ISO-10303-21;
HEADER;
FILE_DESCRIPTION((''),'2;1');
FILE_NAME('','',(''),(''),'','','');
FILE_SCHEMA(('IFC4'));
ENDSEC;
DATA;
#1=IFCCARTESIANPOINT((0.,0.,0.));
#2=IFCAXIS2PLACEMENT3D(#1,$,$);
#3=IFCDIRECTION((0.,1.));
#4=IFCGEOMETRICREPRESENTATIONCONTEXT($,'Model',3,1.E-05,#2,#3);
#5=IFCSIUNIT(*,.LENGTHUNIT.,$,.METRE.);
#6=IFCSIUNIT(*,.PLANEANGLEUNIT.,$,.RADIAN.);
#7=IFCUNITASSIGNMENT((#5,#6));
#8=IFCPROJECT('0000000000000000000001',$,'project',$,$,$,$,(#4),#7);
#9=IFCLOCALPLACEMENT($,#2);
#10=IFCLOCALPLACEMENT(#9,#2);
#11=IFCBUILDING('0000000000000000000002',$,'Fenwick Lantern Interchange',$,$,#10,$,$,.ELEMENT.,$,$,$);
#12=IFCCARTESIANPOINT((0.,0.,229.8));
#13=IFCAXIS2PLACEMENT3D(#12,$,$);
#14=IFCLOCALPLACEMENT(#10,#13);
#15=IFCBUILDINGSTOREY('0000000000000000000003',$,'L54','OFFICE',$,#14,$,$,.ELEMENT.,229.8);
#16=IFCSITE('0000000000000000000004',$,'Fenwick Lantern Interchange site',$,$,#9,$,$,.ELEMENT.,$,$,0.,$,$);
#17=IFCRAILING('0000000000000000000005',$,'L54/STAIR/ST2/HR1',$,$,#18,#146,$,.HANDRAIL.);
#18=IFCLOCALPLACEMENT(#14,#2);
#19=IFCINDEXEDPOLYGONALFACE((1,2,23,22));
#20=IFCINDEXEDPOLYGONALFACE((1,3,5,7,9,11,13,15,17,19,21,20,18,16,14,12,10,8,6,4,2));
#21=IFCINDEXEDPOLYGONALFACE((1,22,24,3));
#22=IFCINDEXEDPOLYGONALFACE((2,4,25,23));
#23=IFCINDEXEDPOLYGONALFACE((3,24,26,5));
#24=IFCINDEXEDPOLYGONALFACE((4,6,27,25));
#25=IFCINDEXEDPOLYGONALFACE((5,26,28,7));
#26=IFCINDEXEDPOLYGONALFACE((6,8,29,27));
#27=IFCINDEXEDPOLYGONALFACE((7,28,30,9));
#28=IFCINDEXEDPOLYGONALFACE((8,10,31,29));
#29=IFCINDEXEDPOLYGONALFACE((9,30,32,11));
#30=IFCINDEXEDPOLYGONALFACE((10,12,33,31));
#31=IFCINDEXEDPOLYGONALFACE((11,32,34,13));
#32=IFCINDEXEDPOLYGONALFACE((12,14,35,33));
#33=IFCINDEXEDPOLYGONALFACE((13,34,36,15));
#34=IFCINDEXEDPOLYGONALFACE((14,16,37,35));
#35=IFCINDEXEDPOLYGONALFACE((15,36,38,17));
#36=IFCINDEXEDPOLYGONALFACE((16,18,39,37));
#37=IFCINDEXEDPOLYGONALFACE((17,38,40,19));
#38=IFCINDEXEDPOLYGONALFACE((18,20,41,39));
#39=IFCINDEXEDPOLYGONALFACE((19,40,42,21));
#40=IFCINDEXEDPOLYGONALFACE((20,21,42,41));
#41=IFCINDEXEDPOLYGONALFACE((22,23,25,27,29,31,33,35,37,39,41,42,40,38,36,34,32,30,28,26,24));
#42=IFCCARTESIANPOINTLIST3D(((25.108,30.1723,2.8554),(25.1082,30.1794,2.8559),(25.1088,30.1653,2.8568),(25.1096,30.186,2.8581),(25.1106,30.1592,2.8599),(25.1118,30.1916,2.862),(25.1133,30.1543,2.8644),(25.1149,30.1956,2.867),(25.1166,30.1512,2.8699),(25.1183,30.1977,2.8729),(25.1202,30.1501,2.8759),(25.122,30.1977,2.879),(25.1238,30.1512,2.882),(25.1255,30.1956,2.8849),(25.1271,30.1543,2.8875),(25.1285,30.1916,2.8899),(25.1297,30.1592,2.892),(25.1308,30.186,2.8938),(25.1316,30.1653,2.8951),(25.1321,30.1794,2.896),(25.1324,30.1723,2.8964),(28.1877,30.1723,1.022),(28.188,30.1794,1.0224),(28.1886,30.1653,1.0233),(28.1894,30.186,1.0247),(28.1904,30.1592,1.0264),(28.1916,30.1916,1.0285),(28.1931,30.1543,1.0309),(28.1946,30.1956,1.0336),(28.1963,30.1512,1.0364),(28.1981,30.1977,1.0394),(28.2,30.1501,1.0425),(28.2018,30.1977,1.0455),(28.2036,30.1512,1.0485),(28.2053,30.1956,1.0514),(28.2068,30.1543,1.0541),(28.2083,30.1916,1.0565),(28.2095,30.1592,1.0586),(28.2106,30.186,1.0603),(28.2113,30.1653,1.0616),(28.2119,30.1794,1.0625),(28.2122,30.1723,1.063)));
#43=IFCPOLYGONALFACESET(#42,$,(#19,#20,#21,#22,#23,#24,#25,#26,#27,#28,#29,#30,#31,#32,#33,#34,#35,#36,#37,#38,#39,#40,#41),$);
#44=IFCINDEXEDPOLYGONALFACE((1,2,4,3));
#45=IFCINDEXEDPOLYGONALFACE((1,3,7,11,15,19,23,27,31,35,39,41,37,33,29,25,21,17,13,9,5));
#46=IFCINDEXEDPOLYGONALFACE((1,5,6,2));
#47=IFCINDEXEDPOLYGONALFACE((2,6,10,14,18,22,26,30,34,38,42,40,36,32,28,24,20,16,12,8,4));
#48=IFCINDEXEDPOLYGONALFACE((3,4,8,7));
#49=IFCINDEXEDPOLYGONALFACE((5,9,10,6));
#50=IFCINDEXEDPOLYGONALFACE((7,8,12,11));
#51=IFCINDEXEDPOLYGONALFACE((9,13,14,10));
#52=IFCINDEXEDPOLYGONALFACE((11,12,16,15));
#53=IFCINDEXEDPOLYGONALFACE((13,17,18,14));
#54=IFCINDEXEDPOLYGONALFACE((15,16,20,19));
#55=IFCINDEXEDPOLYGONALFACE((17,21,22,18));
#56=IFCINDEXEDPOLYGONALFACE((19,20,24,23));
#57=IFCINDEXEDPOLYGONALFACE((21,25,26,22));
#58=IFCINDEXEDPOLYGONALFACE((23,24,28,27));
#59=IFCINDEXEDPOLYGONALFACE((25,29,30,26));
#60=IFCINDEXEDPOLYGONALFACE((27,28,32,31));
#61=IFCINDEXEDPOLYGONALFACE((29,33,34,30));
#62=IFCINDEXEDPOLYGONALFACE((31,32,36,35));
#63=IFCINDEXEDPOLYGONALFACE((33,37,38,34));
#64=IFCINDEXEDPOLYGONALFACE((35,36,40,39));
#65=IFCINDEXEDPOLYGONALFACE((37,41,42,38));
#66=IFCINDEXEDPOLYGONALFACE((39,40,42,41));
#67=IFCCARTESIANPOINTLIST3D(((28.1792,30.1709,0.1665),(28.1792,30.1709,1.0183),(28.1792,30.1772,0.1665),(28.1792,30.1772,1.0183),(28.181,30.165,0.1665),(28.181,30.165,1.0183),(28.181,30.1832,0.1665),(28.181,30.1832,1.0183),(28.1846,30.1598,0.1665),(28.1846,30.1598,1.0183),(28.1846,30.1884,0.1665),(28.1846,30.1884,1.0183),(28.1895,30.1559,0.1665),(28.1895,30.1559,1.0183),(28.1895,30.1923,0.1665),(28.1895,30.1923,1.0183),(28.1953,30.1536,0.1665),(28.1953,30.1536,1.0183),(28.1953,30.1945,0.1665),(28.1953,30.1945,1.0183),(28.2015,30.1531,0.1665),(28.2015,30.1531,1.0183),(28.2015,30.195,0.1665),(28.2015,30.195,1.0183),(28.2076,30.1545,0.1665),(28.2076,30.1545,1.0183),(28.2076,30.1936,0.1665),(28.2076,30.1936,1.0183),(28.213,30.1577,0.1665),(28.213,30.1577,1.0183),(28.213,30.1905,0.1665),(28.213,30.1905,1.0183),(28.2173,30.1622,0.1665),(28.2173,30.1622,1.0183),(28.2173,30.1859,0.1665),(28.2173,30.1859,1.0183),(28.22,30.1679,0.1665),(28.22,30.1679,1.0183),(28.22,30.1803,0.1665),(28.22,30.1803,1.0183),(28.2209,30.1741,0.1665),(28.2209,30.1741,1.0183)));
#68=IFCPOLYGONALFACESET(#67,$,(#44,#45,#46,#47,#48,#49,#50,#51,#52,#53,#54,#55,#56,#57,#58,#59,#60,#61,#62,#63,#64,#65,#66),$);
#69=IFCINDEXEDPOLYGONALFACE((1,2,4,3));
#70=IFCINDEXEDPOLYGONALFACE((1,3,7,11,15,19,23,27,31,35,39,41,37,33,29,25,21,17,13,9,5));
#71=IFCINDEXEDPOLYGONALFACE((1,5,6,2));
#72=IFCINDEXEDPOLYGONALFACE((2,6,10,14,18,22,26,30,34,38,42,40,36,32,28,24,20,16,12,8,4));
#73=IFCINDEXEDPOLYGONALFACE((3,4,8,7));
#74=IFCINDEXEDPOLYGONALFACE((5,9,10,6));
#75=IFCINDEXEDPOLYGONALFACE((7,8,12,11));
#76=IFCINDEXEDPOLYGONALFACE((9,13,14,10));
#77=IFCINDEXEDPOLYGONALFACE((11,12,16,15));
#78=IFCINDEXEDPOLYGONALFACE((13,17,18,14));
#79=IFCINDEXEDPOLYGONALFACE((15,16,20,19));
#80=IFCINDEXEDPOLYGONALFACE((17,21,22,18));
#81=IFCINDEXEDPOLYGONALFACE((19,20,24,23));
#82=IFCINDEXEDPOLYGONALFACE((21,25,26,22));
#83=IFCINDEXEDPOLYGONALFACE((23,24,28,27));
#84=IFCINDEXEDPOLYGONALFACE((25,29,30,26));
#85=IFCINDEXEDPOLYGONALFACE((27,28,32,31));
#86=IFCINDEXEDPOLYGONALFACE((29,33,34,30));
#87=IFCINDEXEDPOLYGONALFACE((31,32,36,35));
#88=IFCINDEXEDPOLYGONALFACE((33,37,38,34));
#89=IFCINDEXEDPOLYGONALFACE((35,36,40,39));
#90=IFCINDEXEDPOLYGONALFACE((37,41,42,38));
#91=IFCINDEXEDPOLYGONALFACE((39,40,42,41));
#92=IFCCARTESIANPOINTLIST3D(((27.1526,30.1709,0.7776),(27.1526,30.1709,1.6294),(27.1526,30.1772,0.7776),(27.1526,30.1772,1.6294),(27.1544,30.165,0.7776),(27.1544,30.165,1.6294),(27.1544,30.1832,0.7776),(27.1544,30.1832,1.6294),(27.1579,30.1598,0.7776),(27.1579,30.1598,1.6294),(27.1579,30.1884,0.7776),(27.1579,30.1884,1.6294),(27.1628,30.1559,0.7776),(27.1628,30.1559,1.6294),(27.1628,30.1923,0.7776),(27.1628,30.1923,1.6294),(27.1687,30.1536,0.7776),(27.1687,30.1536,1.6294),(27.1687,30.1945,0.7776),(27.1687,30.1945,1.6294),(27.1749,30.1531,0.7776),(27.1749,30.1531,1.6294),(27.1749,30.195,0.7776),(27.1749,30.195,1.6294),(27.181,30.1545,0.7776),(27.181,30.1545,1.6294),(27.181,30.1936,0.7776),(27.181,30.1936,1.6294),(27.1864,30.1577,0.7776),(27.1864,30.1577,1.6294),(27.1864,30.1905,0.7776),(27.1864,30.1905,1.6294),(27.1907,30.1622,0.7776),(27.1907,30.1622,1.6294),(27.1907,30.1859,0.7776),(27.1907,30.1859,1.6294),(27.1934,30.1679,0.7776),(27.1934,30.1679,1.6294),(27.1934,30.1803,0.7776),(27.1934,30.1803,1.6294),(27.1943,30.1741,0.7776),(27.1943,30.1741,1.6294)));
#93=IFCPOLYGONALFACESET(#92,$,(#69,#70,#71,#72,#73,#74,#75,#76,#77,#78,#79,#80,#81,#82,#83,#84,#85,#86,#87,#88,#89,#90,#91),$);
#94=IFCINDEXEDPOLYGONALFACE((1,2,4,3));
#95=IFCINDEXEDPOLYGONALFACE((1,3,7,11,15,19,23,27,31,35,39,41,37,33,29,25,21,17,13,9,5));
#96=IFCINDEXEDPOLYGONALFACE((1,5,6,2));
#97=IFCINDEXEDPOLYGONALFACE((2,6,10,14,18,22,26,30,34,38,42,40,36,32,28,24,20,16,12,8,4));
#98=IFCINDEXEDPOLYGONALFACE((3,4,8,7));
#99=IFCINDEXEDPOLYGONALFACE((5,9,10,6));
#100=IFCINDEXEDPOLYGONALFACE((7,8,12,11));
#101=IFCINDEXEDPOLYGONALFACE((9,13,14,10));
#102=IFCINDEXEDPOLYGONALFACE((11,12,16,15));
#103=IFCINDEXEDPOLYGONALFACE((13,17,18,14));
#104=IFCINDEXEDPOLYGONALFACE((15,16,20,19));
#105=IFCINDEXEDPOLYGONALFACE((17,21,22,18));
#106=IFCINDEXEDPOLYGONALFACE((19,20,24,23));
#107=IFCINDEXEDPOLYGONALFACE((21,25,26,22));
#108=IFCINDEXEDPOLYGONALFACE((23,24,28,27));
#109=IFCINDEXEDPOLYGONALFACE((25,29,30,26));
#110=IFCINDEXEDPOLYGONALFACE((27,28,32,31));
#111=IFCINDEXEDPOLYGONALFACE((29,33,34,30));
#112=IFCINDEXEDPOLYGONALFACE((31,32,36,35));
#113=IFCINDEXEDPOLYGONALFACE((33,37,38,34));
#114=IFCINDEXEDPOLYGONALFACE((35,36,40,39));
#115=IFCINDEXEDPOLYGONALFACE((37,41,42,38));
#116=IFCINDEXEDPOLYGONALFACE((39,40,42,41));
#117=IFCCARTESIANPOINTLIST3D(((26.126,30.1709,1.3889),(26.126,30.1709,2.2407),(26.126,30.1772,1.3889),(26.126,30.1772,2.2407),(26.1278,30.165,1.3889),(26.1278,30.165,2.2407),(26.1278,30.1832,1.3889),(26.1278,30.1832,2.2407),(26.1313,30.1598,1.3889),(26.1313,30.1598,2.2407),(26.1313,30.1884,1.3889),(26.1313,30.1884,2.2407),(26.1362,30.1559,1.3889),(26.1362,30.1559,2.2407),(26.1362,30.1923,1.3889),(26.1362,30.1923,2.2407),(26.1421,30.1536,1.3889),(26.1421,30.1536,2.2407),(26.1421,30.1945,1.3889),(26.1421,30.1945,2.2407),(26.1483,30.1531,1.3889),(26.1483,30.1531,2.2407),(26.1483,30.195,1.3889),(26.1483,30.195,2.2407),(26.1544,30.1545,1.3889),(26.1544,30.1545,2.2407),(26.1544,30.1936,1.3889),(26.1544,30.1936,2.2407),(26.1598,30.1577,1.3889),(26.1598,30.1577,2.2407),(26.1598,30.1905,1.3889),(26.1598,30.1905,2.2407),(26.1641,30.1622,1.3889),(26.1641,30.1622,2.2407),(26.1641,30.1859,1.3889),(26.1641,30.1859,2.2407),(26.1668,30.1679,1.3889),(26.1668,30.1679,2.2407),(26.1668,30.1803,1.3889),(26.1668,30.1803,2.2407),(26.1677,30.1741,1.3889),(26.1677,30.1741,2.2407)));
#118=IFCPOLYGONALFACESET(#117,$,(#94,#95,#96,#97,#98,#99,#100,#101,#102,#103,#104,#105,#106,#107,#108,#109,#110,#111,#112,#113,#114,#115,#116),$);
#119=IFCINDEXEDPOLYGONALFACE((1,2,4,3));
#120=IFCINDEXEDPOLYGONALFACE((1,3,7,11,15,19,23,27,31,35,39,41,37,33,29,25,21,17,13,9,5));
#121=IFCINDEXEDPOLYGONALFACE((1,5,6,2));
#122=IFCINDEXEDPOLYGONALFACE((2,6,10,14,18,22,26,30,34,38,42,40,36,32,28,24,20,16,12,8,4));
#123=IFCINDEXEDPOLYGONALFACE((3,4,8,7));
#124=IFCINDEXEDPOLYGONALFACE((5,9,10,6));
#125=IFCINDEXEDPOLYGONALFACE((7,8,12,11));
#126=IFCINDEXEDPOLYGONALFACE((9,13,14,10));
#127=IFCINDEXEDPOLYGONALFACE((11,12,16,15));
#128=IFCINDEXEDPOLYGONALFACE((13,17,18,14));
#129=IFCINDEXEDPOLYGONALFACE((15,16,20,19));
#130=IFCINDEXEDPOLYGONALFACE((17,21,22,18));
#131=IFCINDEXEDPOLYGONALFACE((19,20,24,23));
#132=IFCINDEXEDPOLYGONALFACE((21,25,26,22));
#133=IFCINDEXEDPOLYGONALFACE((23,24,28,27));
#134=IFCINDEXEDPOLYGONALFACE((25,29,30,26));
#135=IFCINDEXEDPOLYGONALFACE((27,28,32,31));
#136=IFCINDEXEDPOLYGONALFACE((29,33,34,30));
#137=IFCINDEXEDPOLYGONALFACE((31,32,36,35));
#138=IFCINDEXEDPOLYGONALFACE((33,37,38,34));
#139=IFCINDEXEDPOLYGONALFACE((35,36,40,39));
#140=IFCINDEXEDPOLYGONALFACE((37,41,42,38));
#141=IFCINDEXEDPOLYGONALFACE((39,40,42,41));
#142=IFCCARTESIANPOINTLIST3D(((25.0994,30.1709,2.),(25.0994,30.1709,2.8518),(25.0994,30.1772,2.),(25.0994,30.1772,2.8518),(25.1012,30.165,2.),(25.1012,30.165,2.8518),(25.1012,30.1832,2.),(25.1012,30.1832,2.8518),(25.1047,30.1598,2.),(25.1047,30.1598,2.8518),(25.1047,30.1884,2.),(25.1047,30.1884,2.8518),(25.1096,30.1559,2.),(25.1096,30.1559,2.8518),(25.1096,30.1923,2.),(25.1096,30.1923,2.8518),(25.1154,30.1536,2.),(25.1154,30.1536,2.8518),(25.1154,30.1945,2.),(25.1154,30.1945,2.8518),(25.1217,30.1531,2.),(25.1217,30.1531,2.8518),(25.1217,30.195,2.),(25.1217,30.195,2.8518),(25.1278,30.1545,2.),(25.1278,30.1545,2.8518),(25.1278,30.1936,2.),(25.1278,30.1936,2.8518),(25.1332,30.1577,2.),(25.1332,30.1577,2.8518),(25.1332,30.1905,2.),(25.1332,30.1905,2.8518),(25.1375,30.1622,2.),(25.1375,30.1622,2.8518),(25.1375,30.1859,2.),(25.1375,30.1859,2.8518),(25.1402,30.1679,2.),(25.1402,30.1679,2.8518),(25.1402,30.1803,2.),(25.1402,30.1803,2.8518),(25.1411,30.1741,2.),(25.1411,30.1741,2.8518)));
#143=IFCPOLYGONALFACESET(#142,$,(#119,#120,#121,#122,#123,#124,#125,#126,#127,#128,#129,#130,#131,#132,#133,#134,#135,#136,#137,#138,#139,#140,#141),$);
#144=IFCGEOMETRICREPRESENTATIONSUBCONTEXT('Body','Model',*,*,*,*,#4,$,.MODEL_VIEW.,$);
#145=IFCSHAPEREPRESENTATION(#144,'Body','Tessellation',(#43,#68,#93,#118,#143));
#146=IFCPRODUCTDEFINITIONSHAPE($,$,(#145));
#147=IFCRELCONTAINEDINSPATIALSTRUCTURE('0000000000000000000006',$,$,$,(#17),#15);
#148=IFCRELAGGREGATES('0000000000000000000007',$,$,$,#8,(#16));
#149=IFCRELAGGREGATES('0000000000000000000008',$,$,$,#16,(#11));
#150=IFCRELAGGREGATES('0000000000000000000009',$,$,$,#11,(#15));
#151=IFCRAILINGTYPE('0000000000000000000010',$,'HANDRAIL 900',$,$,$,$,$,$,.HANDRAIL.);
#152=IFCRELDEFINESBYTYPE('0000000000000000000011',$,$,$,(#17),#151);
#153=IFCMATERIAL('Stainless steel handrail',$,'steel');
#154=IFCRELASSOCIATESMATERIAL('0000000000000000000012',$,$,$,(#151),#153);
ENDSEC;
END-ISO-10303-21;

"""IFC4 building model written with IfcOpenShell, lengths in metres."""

from ifc_helpers import new_model, si_unit, direction, frame, origin, origin_2d, place, context, subcontext, project, spatial, circle, extrude, material, type_object, element, save


model = new_model("IFC4")

# Units and contexts
model_context = context("Model", 3, precision=1e-05, world=origin(), true_north=direction((0.0, 1.0)))
body_context = subcontext(model_context, "Body", "Model", "MODEL_VIEW")
ifc_project = project(units=[si_unit("LENGTHUNIT", "METRE"), si_unit("PLANEANGLEUNIT", "RADIAN")], contexts=[model_context])

# Site, building, storey
site_placement = place(None, origin())
site = spatial("IfcSite", under=ifc_project, at=site_placement, Name="Fenwick Lantern Interchange site", CompositionType="ELEMENT", RefElevation=0.0)
building_placement = place(site_placement, origin())
building = spatial("IfcBuilding", under=site, at=building_placement, Name="Fenwick Lantern Interchange", CompositionType="ELEMENT")
storey_placement = place(building_placement, frame((0.0, 0.0, 229.8)))
storey = spatial("IfcBuildingStorey", under=building, at=storey_placement, Name="L54", Description="OFFICE", CompositionType="ELEMENT", Elevation=229.8)

# Railing
ifc_material_1 = material(Name="Stainless steel handrail", Category="steel")
railing_type = type_object("IfcRailingType", Name="HANDRAIL 900", PredefinedType="HANDRAIL", material=ifc_material_1)
railing_placement = place(storey_placement, frame((28.2, 30.1741, 0.1665)))
element("IfcRailing", 1, at=railing_placement, inside=storey, type_object=railing_type, Name="L54/STAIR/ST2/HR1", PredefinedType="HANDRAIL", context=body_context, shape_type="SweptSolid", body=[
    extrude(circle(Radius=0.0239, at=origin_2d()), frame((0.0, 0.0, 0.876), z_axis=(-0.859261, 0.0, 0.511538), x_axis=(0.0, -1.0, 0.0)), (0.0, 0.0, 1.0), 3.5842),
    extrude(circle(Radius=0.021, at=origin_2d()), origin(), (0.0, 0.0, 1.0), 0.8518),
    extrude(circle(Radius=0.021, at=origin_2d()), frame((-1.0266, 0.0, 0.6111)), (0.0, 0.0, 1.0), 0.8518),
    extrude(circle(Radius=0.021, at=origin_2d()), frame((-2.0532, 0.0, 1.2224)), (0.0, 0.0, 1.0), 0.8518),
    extrude(circle(Radius=0.021, at=origin_2d()), frame((-3.0798, 0.0, 1.8335)), (0.0, 0.0, 1.0), 0.8518),
])

save(model, "model.ifc")
